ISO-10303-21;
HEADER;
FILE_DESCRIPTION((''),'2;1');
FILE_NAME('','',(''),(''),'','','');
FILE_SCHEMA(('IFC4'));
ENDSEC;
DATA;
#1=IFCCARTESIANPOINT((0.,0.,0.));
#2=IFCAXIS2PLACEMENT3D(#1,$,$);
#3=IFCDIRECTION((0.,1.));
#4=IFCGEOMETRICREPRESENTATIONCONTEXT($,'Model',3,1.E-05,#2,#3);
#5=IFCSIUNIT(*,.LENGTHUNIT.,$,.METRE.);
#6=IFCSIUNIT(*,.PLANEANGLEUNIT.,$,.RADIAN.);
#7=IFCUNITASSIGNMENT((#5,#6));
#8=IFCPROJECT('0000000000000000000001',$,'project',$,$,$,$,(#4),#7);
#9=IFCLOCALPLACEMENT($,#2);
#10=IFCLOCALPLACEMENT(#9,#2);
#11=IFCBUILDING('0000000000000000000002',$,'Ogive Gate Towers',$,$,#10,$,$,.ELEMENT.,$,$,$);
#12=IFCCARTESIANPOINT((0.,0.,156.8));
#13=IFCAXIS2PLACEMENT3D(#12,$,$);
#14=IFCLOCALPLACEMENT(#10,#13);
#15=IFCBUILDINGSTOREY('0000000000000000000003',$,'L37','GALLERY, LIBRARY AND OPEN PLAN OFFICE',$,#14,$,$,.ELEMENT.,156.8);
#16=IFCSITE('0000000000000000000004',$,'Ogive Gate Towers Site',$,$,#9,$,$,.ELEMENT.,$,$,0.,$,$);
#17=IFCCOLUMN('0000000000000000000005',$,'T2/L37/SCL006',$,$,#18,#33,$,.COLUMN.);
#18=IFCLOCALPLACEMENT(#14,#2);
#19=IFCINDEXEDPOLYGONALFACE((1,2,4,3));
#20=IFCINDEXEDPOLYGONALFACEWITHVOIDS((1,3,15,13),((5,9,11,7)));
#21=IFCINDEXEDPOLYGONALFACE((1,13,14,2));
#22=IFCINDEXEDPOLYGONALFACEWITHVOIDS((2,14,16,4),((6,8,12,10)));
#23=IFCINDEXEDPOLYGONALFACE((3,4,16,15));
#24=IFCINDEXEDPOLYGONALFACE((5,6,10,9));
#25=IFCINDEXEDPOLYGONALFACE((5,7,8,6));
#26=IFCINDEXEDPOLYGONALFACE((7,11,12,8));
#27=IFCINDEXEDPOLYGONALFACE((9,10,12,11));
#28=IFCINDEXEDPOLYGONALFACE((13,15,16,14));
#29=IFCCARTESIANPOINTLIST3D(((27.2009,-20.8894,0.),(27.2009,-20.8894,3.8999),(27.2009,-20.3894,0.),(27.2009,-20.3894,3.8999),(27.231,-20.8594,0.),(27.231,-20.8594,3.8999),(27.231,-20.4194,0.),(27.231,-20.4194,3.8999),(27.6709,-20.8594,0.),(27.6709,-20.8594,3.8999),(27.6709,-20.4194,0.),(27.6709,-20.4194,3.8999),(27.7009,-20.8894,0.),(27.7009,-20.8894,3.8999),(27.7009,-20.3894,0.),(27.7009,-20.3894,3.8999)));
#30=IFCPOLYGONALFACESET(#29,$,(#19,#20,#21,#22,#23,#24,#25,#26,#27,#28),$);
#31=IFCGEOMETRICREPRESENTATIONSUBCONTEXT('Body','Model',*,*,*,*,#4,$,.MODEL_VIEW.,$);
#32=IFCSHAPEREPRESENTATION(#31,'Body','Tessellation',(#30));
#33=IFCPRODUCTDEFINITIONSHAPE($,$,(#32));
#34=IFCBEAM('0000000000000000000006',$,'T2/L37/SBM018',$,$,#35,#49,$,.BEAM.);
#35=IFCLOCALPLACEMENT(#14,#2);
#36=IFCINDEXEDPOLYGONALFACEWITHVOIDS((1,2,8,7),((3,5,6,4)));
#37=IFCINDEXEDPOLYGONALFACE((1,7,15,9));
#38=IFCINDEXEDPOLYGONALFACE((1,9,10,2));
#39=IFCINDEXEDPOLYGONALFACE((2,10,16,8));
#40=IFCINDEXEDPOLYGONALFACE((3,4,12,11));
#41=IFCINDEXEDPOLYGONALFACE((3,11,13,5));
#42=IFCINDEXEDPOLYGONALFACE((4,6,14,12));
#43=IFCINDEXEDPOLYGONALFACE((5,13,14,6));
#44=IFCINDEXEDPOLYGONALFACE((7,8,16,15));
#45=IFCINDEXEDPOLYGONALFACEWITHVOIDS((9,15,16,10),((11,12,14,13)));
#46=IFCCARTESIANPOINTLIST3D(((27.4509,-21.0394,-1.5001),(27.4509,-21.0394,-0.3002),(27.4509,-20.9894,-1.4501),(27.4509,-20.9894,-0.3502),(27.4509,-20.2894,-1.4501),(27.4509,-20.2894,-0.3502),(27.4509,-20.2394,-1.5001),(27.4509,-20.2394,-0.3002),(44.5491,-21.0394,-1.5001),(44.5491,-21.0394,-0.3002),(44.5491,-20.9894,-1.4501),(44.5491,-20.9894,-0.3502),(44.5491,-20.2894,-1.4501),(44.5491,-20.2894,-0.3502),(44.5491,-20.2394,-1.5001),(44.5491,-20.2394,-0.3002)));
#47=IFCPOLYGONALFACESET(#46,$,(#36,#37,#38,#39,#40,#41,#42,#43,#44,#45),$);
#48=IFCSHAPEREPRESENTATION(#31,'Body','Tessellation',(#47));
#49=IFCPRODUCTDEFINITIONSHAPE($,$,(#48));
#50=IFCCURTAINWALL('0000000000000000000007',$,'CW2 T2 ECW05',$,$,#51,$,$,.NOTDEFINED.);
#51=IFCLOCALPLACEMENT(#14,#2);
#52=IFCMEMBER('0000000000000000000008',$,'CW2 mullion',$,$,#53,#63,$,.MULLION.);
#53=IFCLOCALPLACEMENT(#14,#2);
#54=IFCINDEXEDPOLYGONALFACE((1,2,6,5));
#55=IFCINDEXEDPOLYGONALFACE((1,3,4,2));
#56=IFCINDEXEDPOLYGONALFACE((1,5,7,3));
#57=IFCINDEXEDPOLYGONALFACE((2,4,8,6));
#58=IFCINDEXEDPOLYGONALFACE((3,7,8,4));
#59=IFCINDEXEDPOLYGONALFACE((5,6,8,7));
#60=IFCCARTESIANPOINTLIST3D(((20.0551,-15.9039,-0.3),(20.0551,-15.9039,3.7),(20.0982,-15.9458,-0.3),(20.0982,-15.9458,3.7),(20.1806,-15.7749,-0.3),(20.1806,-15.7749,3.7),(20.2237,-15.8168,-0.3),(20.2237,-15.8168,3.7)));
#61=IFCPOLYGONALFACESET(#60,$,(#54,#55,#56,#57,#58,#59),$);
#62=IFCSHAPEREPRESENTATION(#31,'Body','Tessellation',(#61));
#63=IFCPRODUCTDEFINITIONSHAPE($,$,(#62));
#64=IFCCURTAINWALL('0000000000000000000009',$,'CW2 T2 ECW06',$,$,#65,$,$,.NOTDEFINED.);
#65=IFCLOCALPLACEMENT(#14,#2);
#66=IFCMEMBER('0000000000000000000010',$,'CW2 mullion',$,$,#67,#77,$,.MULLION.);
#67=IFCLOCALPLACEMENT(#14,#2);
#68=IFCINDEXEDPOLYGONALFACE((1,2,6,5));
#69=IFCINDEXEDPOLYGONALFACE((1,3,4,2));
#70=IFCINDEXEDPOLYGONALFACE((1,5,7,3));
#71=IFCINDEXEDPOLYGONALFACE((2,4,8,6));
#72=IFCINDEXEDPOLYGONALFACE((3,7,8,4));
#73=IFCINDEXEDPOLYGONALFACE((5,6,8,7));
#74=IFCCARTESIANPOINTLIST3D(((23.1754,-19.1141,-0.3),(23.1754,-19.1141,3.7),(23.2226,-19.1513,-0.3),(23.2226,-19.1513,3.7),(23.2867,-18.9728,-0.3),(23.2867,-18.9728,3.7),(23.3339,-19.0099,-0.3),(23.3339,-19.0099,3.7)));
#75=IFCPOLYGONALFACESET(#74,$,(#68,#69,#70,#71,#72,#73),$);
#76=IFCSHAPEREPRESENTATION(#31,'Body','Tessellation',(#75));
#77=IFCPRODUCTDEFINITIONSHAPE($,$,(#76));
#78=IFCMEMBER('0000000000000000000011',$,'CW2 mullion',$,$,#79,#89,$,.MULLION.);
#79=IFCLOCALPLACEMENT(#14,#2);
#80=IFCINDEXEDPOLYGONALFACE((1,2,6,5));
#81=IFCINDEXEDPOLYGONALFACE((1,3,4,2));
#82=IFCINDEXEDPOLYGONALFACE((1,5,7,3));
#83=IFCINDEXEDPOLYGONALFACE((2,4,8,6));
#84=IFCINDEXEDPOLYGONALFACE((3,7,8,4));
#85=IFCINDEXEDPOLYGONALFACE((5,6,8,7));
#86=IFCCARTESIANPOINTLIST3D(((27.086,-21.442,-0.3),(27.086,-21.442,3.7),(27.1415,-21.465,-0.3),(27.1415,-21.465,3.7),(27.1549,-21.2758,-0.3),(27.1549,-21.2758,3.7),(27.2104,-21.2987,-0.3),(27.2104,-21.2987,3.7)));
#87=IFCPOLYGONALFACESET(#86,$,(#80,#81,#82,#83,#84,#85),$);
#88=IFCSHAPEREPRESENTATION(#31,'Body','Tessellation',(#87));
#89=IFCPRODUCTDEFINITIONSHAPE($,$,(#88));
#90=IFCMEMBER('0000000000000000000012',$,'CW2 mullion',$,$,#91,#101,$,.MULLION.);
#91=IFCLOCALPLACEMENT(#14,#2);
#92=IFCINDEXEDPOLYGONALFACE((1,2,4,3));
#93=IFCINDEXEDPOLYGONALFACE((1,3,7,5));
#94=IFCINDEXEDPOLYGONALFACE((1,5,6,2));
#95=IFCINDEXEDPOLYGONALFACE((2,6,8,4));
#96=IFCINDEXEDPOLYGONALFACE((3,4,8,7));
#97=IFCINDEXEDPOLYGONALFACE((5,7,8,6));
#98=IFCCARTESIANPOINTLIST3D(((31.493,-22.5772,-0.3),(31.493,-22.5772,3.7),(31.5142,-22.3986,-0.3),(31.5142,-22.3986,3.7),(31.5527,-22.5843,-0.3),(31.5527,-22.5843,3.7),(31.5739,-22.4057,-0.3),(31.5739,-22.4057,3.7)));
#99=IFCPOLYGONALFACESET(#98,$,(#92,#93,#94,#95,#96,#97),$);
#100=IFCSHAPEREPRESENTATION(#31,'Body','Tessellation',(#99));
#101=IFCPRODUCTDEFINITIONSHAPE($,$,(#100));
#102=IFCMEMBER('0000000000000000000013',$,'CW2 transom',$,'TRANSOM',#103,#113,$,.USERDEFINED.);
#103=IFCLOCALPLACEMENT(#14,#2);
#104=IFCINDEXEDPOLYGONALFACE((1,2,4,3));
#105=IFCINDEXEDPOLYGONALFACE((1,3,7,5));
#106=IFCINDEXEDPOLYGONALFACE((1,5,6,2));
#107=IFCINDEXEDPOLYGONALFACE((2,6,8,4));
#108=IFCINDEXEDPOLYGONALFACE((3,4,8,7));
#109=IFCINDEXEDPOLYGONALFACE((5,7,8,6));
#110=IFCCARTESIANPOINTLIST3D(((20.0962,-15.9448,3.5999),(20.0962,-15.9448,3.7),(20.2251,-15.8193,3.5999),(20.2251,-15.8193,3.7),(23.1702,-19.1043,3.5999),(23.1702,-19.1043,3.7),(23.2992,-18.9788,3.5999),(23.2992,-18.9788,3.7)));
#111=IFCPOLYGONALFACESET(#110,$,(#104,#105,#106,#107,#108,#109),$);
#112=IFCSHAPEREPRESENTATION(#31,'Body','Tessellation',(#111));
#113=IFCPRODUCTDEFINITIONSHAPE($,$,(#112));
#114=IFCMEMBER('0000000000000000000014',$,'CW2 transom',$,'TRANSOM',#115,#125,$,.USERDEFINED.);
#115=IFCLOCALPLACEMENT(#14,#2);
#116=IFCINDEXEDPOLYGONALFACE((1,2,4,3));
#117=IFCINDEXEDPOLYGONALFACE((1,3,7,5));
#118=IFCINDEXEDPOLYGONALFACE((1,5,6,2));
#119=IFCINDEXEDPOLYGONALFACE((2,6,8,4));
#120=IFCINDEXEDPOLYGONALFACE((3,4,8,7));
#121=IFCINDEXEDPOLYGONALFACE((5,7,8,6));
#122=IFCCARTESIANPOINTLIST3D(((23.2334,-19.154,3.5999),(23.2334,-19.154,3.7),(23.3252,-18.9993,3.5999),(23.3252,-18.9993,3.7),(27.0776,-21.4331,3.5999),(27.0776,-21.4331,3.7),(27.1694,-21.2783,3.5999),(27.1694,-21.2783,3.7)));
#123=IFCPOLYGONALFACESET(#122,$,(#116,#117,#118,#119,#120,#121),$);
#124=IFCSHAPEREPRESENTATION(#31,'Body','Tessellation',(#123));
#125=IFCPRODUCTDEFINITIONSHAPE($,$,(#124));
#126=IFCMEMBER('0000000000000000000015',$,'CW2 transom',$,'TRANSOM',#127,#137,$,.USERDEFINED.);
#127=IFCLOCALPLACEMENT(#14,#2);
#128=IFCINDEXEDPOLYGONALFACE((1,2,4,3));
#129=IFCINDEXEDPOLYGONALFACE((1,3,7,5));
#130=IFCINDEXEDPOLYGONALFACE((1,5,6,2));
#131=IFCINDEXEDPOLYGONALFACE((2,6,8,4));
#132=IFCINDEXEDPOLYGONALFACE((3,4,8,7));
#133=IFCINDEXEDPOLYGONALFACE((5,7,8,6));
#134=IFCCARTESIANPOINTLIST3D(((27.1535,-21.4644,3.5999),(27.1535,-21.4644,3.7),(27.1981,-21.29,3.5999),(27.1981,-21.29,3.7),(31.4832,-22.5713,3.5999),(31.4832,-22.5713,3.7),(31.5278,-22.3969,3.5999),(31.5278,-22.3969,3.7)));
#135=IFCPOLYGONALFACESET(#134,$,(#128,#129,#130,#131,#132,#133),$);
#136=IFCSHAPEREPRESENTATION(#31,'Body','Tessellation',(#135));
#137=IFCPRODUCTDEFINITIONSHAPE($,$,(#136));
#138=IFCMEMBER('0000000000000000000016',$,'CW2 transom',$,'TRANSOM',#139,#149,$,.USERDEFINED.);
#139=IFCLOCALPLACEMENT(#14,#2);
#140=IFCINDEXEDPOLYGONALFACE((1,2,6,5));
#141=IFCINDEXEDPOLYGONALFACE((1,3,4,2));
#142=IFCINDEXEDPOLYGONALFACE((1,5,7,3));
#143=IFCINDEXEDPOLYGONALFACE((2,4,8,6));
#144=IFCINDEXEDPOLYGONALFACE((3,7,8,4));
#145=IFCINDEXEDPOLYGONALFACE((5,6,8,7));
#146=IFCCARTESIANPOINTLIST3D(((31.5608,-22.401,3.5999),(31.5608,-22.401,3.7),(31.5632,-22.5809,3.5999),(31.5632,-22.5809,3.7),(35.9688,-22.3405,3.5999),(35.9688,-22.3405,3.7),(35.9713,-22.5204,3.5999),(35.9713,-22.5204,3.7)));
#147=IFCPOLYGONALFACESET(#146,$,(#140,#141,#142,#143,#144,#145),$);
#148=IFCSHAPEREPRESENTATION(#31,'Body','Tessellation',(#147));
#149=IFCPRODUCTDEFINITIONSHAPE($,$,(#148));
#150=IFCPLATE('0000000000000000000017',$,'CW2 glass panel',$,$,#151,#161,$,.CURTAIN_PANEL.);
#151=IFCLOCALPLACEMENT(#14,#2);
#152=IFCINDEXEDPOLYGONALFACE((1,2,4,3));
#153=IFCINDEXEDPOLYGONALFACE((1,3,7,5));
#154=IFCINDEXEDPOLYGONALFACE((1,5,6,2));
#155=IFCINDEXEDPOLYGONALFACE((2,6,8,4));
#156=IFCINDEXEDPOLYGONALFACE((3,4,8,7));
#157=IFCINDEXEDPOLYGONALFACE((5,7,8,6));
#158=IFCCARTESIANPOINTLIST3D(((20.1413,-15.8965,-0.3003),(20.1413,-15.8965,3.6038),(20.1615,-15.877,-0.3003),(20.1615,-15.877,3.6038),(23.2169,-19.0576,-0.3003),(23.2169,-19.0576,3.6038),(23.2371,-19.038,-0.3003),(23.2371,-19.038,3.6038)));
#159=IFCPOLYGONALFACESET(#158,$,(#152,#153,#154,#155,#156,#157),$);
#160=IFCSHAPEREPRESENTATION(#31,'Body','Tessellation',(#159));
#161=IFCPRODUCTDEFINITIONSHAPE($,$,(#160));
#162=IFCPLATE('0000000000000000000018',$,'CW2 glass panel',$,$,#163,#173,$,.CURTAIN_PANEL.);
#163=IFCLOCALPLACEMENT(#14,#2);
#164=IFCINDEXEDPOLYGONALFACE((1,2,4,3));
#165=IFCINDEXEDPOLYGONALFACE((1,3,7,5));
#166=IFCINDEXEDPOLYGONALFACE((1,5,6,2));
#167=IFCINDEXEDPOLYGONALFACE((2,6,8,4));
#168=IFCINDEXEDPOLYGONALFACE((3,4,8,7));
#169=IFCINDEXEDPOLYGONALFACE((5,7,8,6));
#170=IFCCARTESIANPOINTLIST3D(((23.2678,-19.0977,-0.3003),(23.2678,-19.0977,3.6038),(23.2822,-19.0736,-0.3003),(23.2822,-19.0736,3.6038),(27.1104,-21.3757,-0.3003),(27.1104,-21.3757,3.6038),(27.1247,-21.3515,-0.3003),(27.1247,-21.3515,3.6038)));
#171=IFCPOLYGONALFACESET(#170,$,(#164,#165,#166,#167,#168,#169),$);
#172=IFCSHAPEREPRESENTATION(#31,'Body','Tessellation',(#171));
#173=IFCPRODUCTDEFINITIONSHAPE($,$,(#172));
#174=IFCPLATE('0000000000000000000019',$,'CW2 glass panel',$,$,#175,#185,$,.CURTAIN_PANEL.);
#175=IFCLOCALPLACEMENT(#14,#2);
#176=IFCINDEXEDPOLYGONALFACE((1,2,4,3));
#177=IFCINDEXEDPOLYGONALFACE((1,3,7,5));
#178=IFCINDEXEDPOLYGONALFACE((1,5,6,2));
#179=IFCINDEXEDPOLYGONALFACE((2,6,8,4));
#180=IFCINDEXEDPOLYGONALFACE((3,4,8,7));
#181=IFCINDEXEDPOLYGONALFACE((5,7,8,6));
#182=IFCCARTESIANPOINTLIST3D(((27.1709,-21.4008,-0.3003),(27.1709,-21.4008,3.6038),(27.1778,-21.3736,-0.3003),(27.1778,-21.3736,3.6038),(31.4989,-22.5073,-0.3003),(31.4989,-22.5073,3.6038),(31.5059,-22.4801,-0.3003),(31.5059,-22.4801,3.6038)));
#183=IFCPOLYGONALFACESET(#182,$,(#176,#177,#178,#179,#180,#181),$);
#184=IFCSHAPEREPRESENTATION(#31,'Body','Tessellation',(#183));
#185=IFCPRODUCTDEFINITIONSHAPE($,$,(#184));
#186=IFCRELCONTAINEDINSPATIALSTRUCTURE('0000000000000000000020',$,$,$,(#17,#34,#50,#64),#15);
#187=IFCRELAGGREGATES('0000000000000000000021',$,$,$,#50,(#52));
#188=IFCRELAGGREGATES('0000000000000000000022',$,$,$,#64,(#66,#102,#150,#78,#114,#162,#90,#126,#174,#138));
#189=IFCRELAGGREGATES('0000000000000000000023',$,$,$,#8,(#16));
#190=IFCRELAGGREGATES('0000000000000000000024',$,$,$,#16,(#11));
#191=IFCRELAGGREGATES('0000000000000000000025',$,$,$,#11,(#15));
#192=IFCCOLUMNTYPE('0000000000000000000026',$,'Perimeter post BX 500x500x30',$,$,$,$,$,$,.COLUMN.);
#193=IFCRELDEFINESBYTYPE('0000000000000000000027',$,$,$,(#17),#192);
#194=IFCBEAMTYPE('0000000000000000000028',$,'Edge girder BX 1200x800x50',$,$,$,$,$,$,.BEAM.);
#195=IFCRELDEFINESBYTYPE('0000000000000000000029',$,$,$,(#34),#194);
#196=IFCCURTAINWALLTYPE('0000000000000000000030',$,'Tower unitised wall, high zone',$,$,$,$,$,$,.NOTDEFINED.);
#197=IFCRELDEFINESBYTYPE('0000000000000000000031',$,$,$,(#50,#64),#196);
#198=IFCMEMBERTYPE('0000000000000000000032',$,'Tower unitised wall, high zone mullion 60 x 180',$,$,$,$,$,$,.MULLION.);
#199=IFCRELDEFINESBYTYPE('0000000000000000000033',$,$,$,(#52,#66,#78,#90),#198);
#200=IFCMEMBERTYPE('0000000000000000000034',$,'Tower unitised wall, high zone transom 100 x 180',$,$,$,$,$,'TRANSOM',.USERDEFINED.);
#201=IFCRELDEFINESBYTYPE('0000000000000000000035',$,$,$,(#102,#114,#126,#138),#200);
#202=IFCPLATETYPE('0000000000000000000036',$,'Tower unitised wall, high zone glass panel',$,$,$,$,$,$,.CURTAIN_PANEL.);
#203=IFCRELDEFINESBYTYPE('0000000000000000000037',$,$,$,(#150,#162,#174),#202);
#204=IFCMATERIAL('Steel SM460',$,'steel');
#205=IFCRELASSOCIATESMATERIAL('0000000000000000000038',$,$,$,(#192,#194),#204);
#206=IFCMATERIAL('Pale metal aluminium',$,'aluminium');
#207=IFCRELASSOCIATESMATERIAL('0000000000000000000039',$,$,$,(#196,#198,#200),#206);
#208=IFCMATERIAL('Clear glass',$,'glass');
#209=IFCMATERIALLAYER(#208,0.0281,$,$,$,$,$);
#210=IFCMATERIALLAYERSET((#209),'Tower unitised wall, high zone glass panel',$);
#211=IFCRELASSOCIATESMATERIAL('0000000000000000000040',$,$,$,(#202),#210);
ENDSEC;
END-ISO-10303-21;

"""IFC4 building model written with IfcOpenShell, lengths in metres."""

from ifc_helpers import new_model, si_unit, direction, frame, origin, origin_2d, place, context, subcontext, project, spatial, rectangle, hollow_rectangle, extrude, material, layer, layer_set, material_profile, profile_set, type_object, element, aggregate, save


model = new_model("IFC4")

# Units and contexts
model_context = context("Model", 3, precision=1e-05, world=origin(), true_north=direction((0.0, 1.0)))
body_context = subcontext(model_context, "Body", "Model", "MODEL_VIEW")
ifc_project = project(units=[si_unit("LENGTHUNIT", "METRE"), si_unit("PLANEANGLEUNIT", "RADIAN")], contexts=[model_context])

# Site, building, storey
site_placement = place(None, origin())
site = spatial("IfcSite", under=ifc_project, at=site_placement, Name="Ogive Gate Towers Site", CompositionType="ELEMENT", RefElevation=0.0)
building_placement = place(site_placement, origin())
building = spatial("IfcBuilding", under=site, at=building_placement, Name="Ogive Gate Towers", CompositionType="ELEMENT")
storey_placement = place(building_placement, frame((0.0, 0.0, 156.8)))
storey = spatial("IfcBuildingStorey", under=building, at=storey_placement, Name="L37", Description="GALLERY, LIBRARY AND OPEN PLAN OFFICE", CompositionType="ELEMENT", Elevation=156.8)

# Column
ifc_material_1 = material(Name="Steel SM460", Category="steel")
ifc_material_profile_1 = material_profile(ifc_material_1, hollow_rectangle(XDim=0.5, YDim=0.5, WallThickness=0.03, at=origin_2d()), Name="BX 500x500x30")
ifc_profile_set_1 = profile_set([ifc_material_profile_1], Name="Steel SM460")
column_type = type_object("IfcColumnType", Name="Perimeter post BX 500x500x30", PredefinedType="COLUMN", material=ifc_profile_set_1)
column_placement = place(storey_placement, frame((27.4509, -20.6394, 0.0), z_axis=(0.0, 0.0, 1.0), x_axis=(1.0, 0.0, 0.0)))
element("IfcColumn", 1, at=column_placement, inside=storey, type_object=column_type, Name="T2/L37/SCL006", PredefinedType="COLUMN", context=body_context, shape_type="SweptSolid", body=[
    extrude(hollow_rectangle(XDim=0.5, YDim=0.5, WallThickness=0.03, at=origin_2d()), origin(), (0.0, 0.0, 1.0), 3.8999),
])

# Beam
ifc_material_profile_2 = material_profile(ifc_material_1, hollow_rectangle(XDim=0.8, YDim=1.2, WallThickness=0.05, at=origin_2d()), Name="BX 1200x800x50")
ifc_profile_set_2 = profile_set([ifc_material_profile_2], Name="Steel SM460")
beam_type = type_object("IfcBeamType", Name="Edge girder BX 1200x800x50", PredefinedType="BEAM", material=ifc_profile_set_2)
beam_placement = place(storey_placement, frame((27.4509, -20.6394, -0.9001), z_axis=(1.0, 0.0, 0.0), x_axis=(0.0, 1.0, 0.0)))
element("IfcBeam", 2, at=beam_placement, inside=storey, type_object=beam_type, Name="T2/L37/SBM018", PredefinedType="BEAM", context=body_context, shape_type="SweptSolid", body=[
    extrude(hollow_rectangle(XDim=0.8, YDim=1.2, WallThickness=0.05, at=origin_2d()), origin(), (0.0, 0.0, 1.0), 17.0981),
])

# Curtain wall, member
ifc_material_2 = material(Name="Pale metal aluminium", Category="aluminium")
curtain_wall_type = type_object("IfcCurtainWallType", Name="Tower unitised wall, high zone", PredefinedType="NOTDEFINED", material=ifc_material_2)
curtain_wall_1_placement = place(storey_placement, origin())
curtain_wall_1 = element("IfcCurtainWall", 3, at=curtain_wall_1_placement, inside=storey, type_object=curtain_wall_type, Name="CW2 T2 ECW05", PredefinedType="NOTDEFINED")
ifc_material_profile_3 = material_profile(ifc_material_2, rectangle(XDim=0.1799, YDim=0.0601, at=origin_2d()), Name="60 x 180 aluminium box")
ifc_profile_set_3 = profile_set([ifc_material_profile_3], Name="Pale metal aluminium")
member_type_1 = type_object("IfcMemberType", Name="Tower unitised wall, high zone mullion 60 x 180", PredefinedType="MULLION", material=ifc_profile_set_3)
member_1_placement = place(storey_placement, frame((20.1394, -15.8604, -0.3), z_axis=(0.0, 0.0, 1.0), x_axis=(-0.697353, -0.716728, 0.0)))
member_1 = element("IfcMember", 4, at=member_1_placement, type_object=member_type_1, Name="CW2 mullion", PredefinedType="MULLION", context=body_context, shape_type="SweptSolid", body=[
    extrude(rectangle(XDim=0.1799, YDim=0.0601, at=origin_2d()), origin(), (0.0, 0.0, 1.0), 4.0),
])
aggregate(curtain_wall_1, [member_1])

# Curtain wall, members, plates
curtain_wall_2_placement = place(storey_placement, origin())
curtain_wall_2 = element("IfcCurtainWall", 5, at=curtain_wall_2_placement, inside=storey, type_object=curtain_wall_type, Name="CW2 T2 ECW06", PredefinedType="NOTDEFINED")
member_2_placement = place(storey_placement, frame((23.2546, -19.062, -0.3), z_axis=(0.0, 0.0, 1.0), x_axis=(-0.61871, -0.785619, 0.0)))
member_2 = element("IfcMember", 6, at=member_2_placement, type_object=member_type_1, Name="CW2 mullion", PredefinedType="MULLION", context=body_context, shape_type="SweptSolid", body=[
    extrude(rectangle(XDim=0.1799, YDim=0.0601, at=origin_2d()), origin(), (0.0, 0.0, 1.0), 4.0),
])
member_3_placement = place(storey_placement, frame((27.1482, -21.3704, -0.3), z_axis=(0.0, 0.0, 1.0), x_axis=(-0.382683, -0.92388, 0.0)))
member_3 = element("IfcMember", 7, at=member_3_placement, type_object=member_type_1, Name="CW2 mullion", PredefinedType="MULLION", context=body_context, shape_type="SweptSolid", body=[
    extrude(rectangle(XDim=0.1799, YDim=0.0601, at=origin_2d()), origin(), (0.0, 0.0, 1.0), 4.0),
])
member_4_placement = place(storey_placement, frame((31.5334, -22.4915, -0.3), z_axis=(0.0, 0.0, 1.0), x_axis=(-0.118005, -0.993013, 0.0)))
member_4 = element("IfcMember", 8, at=member_4_placement, type_object=member_type_1, Name="CW2 mullion", PredefinedType="MULLION", context=body_context, shape_type="SweptSolid", body=[
    extrude(rectangle(XDim=0.1799, YDim=0.0601, at=origin_2d()), origin(), (0.0, 0.0, 1.0), 4.0),
])
ifc_material_profile_4 = material_profile(ifc_material_2, rectangle(XDim=0.1799, YDim=0.1001, at=origin_2d()), Name="100 x 180 aluminium box")
ifc_profile_set_4 = profile_set([ifc_material_profile_4], Name="Pale metal aluminium")
member_type_2 = type_object("IfcMemberType", Name="Tower unitised wall, high zone transom 100 x 180", ElementType="TRANSOM", PredefinedType="USERDEFINED", material=ifc_profile_set_4)
member_5_placement = place(storey_placement, frame((20.1606, -15.8821, 3.6499), z_axis=(0.697348, -0.716733, 0.0), x_axis=(0.716733, 0.697348, 0.0)))
member_5 = element("IfcMember", 9, at=member_5_placement, type_object=member_type_2, Name="CW2 transom", ObjectType="TRANSOM", PredefinedType="USERDEFINED", context=body_context, shape_type="SweptSolid", body=[
    extrude(rectangle(XDim=0.1799, YDim=0.1001, at=origin_2d()), origin(), (0.0, 0.0, 1.0), 4.4082),
])
member_6_placement = place(storey_placement, frame((23.2793, -19.0767, 3.6499), z_axis=(0.860195, -0.509966, 0.0), x_axis=(0.509966, 0.860195, 0.0)))
member_6 = element("IfcMember", 10, at=member_6_placement, type_object=member_type_2, Name="CW2 transom", ObjectType="TRANSOM", PredefinedType="USERDEFINED", context=body_context, shape_type="SweptSolid", body=[
    extrude(rectangle(XDim=0.1799, YDim=0.1001, at=origin_2d()), origin(), (0.0, 0.0, 1.0), 4.469),
])
member_7_placement = place(storey_placement, frame((27.1758, -21.3772, 3.6499), z_axis=(0.96884, -0.247687, 0.0), x_axis=(0.247687, 0.96884, 0.0)))
member_7 = element("IfcMember", 11, at=member_7_placement, type_object=member_type_2, Name="CW2 transom", ObjectType="TRANSOM", PredefinedType="USERDEFINED", context=body_context, shape_type="SweptSolid", body=[
    extrude(rectangle(XDim=0.1799, YDim=0.1001, at=origin_2d()), origin(), (0.0, 0.0, 1.0), 4.469),
])
member_8_placement = place(storey_placement, frame((31.562, -22.491, 3.6499), z_axis=(0.999906, 0.013735, 0.0), x_axis=(-0.013735, 0.999906, 0.0)))
member_8 = element("IfcMember", 12, at=member_8_placement, type_object=member_type_2, Name="CW2 transom", ObjectType="TRANSOM", PredefinedType="USERDEFINED", context=body_context, shape_type="SweptSolid", body=[
    extrude(rectangle(XDim=0.1799, YDim=0.1001, at=origin_2d()), origin(), (0.0, 0.0, 1.0), 4.4084),
])
ifc_material_3 = material(Name="Clear glass", Category="glass")
ifc_layer_1 = layer(ifc_material_3, 0.0281)
ifc_layer_set_1 = layer_set([ifc_layer_1], Name="Tower unitised wall, high zone glass panel")
plate_type = type_object("IfcPlateType", Name="Tower unitised wall, high zone glass panel", PredefinedType="CURTAIN_PANEL", material=ifc_layer_set_1)
plate_1_placement = place(storey_placement, frame((21.6892, -17.4673, -0.3003), z_axis=(0.0, 0.0, 1.0), x_axis=(0.697353, -0.716728, 0.0)))
plate_1 = element("IfcPlate", 13, at=plate_1_placement, type_object=plate_type, Name="CW2 glass panel", PredefinedType="CURTAIN_PANEL", context=body_context, shape_type="SweptSolid", body=[
    extrude(rectangle(XDim=4.4104, YDim=0.0281, at=origin_2d()), origin(), (0.0, 0.0, 1.0), 3.9041),
])
plate_2_placement = place(storey_placement, frame((25.1963, -20.2246, -0.3003), z_axis=(0.0, 0.0, 1.0), x_axis=(0.860208, -0.509943, 0.0)))
plate_2 = element("IfcPlate", 14, at=plate_2_placement, type_object=plate_type, Name="CW2 glass panel", PredefinedType="CURTAIN_PANEL", context=body_context, shape_type="SweptSolid", body=[
    extrude(rectangle(XDim=4.467, YDim=0.0281, at=origin_2d()), origin(), (0.0, 0.0, 1.0), 3.9041),
])
plate_3_placement = place(storey_placement, frame((29.3384, -21.9404, -0.3003), z_axis=(0.0, 0.0, 1.0), x_axis=(0.968839, -0.247692, 0.0)))
plate_3 = element("IfcPlate", 15, at=plate_3_placement, type_object=plate_type, Name="CW2 glass panel", PredefinedType="CURTAIN_PANEL", context=body_context, shape_type="SweptSolid", body=[
    extrude(rectangle(XDim=4.4673, YDim=0.0281, at=origin_2d()), origin(), (0.0, 0.0, 1.0), 3.9041),
])
aggregate(curtain_wall_2, [member_2, member_5, plate_1, member_3, member_6, plate_2, member_4, member_7, plate_3, member_8])

save(model, "model.ifc")
